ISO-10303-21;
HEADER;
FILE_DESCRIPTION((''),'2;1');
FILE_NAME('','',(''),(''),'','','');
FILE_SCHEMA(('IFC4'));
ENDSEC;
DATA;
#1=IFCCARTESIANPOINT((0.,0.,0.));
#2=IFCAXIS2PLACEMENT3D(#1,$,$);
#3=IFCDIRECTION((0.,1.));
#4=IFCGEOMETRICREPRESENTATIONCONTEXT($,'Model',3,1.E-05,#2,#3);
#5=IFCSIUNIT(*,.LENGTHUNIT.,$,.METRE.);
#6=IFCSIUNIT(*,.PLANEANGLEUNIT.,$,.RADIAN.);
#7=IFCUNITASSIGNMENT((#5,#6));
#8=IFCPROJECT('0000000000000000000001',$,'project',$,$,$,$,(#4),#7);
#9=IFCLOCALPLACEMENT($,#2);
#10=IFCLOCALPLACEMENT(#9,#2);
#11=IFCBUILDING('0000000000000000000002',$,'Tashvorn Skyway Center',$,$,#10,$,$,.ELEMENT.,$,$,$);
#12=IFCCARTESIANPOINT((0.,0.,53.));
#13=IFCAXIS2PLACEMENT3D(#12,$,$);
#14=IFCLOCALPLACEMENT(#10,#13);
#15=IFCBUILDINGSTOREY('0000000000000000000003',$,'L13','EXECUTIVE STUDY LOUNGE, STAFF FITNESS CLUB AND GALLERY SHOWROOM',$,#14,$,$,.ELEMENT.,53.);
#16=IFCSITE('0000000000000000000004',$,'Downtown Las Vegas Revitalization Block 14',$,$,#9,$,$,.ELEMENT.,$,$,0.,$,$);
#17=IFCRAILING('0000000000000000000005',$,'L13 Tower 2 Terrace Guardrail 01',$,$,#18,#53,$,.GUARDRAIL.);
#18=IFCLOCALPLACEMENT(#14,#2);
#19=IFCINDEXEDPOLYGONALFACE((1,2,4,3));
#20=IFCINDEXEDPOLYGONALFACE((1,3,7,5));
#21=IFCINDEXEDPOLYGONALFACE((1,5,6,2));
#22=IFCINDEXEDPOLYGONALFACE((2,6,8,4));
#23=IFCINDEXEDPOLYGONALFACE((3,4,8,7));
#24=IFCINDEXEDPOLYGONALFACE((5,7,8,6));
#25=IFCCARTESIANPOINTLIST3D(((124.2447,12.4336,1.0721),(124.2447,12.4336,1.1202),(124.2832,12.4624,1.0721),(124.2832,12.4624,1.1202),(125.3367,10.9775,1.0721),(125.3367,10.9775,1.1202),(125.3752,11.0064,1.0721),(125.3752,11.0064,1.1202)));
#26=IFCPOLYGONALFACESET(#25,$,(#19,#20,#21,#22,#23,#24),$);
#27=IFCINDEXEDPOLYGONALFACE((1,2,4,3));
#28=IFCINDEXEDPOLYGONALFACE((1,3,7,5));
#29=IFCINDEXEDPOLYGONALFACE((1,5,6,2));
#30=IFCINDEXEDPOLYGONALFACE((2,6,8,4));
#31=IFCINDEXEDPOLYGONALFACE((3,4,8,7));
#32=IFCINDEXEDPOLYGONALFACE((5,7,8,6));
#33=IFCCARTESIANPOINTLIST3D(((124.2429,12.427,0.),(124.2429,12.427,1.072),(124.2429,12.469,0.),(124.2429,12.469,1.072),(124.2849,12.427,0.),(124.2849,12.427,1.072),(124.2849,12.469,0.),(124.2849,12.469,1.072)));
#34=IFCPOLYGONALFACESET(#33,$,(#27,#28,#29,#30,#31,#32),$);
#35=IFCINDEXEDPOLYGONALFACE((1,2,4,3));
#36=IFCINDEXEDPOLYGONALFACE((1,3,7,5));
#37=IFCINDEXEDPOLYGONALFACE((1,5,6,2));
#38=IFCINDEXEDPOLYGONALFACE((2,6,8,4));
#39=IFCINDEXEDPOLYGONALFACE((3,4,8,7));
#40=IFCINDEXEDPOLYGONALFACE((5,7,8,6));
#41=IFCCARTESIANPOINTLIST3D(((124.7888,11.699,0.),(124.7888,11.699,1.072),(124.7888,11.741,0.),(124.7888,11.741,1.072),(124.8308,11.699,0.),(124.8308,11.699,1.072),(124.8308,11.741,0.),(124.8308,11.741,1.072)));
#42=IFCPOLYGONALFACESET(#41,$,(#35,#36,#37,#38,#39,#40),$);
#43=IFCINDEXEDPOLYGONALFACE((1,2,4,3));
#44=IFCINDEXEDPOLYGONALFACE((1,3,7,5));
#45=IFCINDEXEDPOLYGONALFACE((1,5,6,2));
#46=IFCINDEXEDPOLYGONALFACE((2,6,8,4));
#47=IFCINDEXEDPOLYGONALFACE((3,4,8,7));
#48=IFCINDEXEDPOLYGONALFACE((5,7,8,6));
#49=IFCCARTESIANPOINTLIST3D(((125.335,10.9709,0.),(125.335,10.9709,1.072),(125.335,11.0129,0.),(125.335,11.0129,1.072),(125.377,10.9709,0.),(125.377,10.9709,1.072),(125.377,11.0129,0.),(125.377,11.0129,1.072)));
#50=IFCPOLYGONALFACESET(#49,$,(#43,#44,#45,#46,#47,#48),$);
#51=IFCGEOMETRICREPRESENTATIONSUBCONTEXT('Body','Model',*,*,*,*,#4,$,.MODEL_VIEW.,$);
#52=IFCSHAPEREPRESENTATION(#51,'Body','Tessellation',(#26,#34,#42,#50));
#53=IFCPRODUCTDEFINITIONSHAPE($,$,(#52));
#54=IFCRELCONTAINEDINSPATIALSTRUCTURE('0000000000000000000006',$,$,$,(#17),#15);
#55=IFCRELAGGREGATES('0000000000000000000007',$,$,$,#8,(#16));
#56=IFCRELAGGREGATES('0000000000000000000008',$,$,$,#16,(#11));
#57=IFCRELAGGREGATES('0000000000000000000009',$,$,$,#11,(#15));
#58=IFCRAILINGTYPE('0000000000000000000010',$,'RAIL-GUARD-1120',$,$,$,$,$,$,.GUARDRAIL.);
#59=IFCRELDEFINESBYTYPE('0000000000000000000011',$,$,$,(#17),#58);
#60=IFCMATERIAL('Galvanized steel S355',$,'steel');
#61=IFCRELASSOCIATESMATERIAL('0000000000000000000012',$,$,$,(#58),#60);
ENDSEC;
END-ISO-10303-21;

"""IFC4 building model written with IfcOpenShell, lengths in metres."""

from ifc_helpers import new_model, si_unit, direction, frame, origin, origin_2d, place, context, subcontext, project, spatial, rectangle, extrude, material, type_object, element, save


model = new_model("IFC4")

# Units and contexts
model_context = context("Model", 3, precision=1e-05, world=origin(), true_north=direction((0.0, 1.0)))
body_context = subcontext(model_context, "Body", "Model", "MODEL_VIEW")
ifc_project = project(units=[si_unit("LENGTHUNIT", "METRE"), si_unit("PLANEANGLEUNIT", "RADIAN")], contexts=[model_context])

# Site, building, storey
site_placement = place(None, origin())
site = spatial("IfcSite", under=ifc_project, at=site_placement, Name="Downtown Las Vegas Revitalization Block 14", CompositionType="ELEMENT", RefElevation=0.0)
building_placement = place(site_placement, origin())
building = spatial("IfcBuilding", under=site, at=building_placement, Name="Tashvorn Skyway Center", CompositionType="ELEMENT")
storey_placement = place(building_placement, frame((0.0, 0.0, 53.0)))
storey = spatial("IfcBuildingStorey", under=building, at=storey_placement, Name="L13", Description="EXECUTIVE STUDY LOUNGE, STAFF FITNESS CLUB AND GALLERY SHOWROOM", CompositionType="ELEMENT", Elevation=53.0)

# Railing
ifc_material_1 = material(Name="Galvanized steel S355", Category="steel")
railing_type = type_object("IfcRailingType", Name="RAIL-GUARD-1120", PredefinedType="GUARDRAIL", material=ifc_material_1)
railing_placement = place(storey_placement, frame((124.2639, 12.448, 0.0)))
element("IfcRailing", 1, at=railing_placement, inside=storey, type_object=railing_type, Name="L13 Tower 2 Terrace Guardrail 01", PredefinedType="GUARDRAIL", context=body_context, shape_type="SweptSolid", body=[
    extrude(rectangle(XDim=0.0481, YDim=0.0481, at=origin_2d()), frame((0.0, 0.0, 1.0962), z_axis=(0.6, -0.8, 0.0), x_axis=(0.8, 0.6, 0.0)), (0.0, 0.0, 1.0), 1.8201),
    extrude(rectangle(XDim=0.042, YDim=0.042, at=origin_2d()), origin(), (0.0, 0.0, 1.0), 1.072),
    extrude(rectangle(XDim=0.042, YDim=0.042, at=origin_2d()), frame((0.5459, -0.728, 0.0)), (0.0, 0.0, 1.0), 1.072),
    extrude(rectangle(XDim=0.042, YDim=0.042, at=origin_2d()), frame((1.092, -1.4561, 0.0)), (0.0, 0.0, 1.0), 1.072),
])

save(model, "model.ifc")
